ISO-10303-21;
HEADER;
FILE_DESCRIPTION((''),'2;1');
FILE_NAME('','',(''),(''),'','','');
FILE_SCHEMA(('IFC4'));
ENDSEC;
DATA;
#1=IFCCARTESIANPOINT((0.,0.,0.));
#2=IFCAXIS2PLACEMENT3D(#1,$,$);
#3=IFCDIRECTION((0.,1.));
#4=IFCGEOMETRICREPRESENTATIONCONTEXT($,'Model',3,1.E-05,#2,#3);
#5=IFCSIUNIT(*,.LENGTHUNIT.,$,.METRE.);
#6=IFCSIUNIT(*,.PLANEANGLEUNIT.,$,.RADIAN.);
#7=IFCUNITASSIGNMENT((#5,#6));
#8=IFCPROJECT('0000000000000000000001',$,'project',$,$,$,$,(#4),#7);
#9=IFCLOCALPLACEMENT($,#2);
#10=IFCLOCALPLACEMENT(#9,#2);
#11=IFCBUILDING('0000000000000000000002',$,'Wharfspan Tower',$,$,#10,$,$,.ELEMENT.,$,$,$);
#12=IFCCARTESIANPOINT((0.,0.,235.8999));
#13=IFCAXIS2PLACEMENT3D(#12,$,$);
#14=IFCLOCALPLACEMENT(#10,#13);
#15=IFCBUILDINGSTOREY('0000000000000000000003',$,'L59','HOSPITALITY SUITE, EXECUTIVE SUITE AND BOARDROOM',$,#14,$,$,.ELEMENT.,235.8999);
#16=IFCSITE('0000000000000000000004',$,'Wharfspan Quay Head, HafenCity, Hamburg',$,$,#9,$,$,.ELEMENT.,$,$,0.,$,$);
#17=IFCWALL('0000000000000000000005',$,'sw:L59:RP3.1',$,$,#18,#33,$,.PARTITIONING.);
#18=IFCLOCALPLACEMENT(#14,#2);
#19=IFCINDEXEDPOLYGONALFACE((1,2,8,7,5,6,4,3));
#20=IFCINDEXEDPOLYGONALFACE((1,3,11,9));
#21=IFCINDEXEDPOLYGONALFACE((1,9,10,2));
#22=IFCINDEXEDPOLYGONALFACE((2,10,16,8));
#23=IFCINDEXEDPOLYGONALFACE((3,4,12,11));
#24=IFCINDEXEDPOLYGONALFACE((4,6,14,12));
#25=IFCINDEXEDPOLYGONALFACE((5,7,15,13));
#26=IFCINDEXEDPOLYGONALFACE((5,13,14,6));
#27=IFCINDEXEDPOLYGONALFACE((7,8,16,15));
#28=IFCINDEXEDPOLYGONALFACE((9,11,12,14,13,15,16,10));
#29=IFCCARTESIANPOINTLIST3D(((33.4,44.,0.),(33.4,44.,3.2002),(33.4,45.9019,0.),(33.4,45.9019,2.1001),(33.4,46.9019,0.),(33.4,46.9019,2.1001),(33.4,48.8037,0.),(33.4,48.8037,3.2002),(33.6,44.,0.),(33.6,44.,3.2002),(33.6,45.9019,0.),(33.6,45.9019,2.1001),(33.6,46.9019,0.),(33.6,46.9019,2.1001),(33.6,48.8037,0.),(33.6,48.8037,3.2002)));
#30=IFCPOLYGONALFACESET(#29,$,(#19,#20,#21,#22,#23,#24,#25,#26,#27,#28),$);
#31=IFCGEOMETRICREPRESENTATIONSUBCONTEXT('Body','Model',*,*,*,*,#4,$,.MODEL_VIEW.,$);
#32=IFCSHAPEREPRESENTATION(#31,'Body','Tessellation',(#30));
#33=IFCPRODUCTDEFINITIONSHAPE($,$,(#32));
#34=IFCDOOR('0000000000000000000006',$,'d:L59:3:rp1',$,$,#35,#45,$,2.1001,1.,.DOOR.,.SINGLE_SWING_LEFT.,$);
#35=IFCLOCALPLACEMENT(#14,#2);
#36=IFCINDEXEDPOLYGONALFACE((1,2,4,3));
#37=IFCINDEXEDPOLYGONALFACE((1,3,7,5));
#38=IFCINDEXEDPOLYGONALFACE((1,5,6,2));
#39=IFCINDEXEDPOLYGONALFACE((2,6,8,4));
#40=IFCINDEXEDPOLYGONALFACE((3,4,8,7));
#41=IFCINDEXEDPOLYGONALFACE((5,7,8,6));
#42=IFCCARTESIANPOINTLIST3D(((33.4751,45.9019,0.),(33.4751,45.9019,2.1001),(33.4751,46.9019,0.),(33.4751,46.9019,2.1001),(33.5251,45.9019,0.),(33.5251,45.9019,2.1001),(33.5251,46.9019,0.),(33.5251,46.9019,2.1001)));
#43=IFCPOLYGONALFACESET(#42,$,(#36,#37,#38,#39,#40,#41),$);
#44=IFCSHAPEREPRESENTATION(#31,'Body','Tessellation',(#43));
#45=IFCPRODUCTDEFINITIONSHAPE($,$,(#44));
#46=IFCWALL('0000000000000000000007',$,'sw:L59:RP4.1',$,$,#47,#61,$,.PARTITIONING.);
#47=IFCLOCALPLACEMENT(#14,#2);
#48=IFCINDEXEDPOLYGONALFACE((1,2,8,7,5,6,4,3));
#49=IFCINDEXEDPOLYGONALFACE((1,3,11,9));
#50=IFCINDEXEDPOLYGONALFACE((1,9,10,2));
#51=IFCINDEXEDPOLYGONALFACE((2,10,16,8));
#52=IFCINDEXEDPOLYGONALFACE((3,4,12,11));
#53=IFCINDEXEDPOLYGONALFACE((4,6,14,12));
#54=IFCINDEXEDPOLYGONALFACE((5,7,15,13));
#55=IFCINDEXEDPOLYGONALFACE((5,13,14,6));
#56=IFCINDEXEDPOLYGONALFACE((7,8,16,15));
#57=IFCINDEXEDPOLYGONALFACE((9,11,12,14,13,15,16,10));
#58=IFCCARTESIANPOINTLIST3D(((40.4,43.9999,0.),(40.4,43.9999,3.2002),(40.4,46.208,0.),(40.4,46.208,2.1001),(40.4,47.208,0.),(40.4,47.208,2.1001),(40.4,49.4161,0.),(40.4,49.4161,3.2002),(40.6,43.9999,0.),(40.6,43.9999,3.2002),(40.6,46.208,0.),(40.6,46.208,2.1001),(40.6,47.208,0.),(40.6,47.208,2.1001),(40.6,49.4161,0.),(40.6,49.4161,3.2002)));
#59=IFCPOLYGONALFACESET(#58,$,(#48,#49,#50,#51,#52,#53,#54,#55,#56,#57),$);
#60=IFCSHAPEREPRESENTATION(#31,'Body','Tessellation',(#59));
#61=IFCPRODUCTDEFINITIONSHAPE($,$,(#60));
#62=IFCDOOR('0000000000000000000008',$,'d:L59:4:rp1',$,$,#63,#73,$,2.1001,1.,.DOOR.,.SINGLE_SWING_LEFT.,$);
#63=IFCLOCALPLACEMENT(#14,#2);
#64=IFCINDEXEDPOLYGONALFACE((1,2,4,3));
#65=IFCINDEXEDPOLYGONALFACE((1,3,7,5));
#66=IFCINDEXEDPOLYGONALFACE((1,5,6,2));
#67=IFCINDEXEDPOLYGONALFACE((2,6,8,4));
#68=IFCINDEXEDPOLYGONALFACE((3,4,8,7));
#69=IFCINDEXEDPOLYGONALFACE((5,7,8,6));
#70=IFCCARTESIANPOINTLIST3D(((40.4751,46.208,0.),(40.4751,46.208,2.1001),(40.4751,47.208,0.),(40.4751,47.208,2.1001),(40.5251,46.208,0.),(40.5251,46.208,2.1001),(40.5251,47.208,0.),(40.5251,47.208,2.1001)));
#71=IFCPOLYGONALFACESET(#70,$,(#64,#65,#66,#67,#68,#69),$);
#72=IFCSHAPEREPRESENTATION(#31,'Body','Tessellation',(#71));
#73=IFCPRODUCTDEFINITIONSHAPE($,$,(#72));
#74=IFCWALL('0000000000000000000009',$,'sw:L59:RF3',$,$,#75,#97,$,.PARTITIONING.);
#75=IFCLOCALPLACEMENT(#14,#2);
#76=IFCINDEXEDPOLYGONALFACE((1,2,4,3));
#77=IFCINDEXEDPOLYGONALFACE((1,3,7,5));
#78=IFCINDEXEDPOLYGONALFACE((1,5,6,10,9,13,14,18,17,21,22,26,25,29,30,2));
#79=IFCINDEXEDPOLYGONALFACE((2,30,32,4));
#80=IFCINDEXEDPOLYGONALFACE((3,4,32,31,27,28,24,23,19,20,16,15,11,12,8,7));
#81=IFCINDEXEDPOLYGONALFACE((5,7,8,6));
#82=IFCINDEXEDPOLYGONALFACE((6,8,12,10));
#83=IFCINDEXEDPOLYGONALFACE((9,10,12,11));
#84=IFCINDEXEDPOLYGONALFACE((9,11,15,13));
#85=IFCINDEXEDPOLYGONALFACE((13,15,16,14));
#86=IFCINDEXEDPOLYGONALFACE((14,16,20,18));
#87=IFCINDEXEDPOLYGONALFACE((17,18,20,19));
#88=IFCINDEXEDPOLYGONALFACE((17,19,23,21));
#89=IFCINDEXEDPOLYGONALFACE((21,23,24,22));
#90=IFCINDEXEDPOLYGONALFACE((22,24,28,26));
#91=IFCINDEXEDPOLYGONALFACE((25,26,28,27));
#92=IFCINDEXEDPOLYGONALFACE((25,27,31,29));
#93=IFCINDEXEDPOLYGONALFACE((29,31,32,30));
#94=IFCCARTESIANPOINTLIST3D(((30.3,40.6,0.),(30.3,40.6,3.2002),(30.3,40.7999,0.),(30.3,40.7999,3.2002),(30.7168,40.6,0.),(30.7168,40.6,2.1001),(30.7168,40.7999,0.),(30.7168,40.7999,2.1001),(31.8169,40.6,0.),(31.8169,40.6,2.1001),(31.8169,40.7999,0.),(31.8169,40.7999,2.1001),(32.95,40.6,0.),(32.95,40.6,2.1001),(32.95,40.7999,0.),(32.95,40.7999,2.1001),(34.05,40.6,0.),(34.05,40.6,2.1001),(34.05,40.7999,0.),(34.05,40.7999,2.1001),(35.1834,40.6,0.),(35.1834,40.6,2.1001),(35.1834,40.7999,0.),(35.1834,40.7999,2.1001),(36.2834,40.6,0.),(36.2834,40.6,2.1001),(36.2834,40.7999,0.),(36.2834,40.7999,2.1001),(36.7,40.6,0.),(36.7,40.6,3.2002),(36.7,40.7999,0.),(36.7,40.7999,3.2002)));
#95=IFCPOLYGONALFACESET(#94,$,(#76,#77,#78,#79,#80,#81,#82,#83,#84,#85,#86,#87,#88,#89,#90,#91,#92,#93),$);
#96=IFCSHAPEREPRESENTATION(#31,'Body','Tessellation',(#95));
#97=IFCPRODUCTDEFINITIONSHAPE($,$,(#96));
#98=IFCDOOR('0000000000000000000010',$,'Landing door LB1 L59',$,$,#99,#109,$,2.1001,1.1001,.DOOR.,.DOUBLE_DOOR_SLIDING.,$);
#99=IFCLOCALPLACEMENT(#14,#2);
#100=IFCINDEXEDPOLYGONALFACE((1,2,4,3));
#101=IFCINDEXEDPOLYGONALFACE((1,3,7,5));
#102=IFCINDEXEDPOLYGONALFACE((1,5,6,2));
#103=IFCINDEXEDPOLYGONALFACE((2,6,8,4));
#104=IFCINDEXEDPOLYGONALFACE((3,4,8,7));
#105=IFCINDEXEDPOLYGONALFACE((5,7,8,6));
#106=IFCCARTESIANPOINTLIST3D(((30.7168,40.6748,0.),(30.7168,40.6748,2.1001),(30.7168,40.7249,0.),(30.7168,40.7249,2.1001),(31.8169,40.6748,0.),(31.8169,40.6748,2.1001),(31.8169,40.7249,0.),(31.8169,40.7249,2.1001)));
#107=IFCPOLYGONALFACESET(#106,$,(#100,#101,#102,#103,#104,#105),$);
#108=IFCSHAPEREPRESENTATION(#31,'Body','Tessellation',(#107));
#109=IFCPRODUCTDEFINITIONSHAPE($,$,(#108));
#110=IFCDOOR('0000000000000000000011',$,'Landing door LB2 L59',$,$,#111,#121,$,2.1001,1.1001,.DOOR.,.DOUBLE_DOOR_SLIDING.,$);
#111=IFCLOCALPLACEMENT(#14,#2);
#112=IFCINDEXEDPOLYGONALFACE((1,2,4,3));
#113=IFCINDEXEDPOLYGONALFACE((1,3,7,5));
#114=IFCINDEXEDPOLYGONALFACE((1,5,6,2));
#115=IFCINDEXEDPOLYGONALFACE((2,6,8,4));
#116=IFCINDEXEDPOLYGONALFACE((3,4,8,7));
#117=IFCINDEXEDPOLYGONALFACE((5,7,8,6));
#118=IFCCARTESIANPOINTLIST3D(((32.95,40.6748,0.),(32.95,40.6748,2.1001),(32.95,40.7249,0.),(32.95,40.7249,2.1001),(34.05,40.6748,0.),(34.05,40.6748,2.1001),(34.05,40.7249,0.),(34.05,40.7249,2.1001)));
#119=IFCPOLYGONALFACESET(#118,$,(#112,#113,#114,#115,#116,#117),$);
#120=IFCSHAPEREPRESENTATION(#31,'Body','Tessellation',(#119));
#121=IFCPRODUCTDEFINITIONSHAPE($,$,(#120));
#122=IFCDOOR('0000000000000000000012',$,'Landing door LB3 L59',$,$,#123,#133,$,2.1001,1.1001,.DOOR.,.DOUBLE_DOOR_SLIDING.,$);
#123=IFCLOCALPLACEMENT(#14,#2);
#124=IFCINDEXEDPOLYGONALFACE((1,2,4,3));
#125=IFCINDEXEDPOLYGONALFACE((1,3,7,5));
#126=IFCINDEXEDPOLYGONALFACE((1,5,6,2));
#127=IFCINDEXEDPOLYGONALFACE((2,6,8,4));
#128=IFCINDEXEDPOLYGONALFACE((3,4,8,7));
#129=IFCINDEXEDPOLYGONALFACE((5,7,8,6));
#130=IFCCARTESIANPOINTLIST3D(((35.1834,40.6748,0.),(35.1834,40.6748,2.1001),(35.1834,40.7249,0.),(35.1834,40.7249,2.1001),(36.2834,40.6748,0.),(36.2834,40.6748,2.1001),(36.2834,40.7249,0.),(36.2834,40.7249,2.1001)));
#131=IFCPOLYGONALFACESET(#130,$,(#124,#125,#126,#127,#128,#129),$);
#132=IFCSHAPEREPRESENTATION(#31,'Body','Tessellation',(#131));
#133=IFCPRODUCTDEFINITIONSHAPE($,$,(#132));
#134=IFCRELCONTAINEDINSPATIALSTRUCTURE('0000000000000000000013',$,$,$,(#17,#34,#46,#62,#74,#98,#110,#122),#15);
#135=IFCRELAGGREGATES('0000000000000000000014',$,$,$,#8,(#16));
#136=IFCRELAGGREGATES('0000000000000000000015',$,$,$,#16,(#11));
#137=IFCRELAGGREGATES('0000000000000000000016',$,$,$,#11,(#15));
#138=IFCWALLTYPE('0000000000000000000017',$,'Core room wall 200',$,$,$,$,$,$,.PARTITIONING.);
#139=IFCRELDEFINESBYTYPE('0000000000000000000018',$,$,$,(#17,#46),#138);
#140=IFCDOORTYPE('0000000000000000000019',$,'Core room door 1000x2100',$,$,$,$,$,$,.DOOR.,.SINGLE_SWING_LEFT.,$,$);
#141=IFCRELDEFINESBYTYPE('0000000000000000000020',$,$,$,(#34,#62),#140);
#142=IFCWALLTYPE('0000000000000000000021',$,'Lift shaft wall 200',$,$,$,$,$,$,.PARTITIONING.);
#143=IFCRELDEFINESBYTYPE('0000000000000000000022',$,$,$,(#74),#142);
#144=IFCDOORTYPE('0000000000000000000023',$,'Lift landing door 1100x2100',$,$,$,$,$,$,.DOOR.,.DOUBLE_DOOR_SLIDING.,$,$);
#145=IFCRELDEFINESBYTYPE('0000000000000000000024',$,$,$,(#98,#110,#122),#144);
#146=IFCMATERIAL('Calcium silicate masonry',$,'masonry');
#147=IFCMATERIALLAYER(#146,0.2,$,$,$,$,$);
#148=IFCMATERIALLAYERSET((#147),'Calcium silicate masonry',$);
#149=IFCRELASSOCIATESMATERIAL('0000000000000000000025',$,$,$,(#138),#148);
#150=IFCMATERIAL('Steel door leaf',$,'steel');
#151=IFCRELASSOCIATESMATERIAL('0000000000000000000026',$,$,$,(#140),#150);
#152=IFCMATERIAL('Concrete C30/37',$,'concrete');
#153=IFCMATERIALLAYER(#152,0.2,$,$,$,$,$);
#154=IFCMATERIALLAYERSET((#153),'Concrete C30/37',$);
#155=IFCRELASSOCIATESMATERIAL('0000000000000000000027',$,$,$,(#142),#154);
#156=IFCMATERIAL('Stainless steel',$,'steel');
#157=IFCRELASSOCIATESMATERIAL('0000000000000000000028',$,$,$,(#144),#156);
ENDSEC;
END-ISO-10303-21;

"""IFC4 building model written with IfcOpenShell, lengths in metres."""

from ifc_helpers import new_model, si_unit, direction, frame, frame_2d, origin, place, context, subcontext, project, spatial, rectangle, extrude, material, layer, layer_set, type_object, element, fill, save


model = new_model("IFC4")

# Units and contexts
model_context = context("Model", 3, precision=1e-05, world=origin(), true_north=direction((0.0, 1.0)))
body_context = subcontext(model_context, "Body", "Model", "MODEL_VIEW")
ifc_project = project(units=[si_unit("LENGTHUNIT", "METRE"), si_unit("PLANEANGLEUNIT", "RADIAN")], contexts=[model_context])

# Site, building, storey
site_placement = place(None, origin())
site = spatial("IfcSite", under=ifc_project, at=site_placement, Name="Wharfspan Quay Head, HafenCity, Hamburg", CompositionType="ELEMENT", RefElevation=0.0)
building_placement = place(site_placement, origin())
building = spatial("IfcBuilding", under=site, at=building_placement, Name="Wharfspan Tower", CompositionType="ELEMENT")
storey_placement = place(building_placement, frame((0.0, 0.0, 235.8999)))
storey = spatial("IfcBuildingStorey", under=building, at=storey_placement, Name="L59", Description="HOSPITALITY SUITE, EXECUTIVE SUITE AND BOARDROOM", CompositionType="ELEMENT", Elevation=235.8999)

# Walls, openings, doors
ifc_material_1 = material(Name="Calcium silicate masonry", Category="masonry")
ifc_layer_1 = layer(ifc_material_1, 0.2)
ifc_layer_set_1 = layer_set([ifc_layer_1], Name="Calcium silicate masonry")
wall_type_1 = type_object("IfcWallType", Name="Core room wall 200", PredefinedType="PARTITIONING", material=ifc_layer_set_1)
wall_1_placement = place(storey_placement, frame((33.5, 44.0, 0.0), z_axis=(0.0, 0.0, 1.0), x_axis=(0.0, 1.0, 0.0)))
wall_1 = element("IfcWall", 1, at=wall_1_placement, inside=storey, type_object=wall_type_1, Name="sw:L59:RP3.1", PredefinedType="PARTITIONING", context=body_context, shape_type="SweptSolid", body=[
    extrude(rectangle(XDim=4.8037, YDim=0.2, at=frame_2d((2.4019, 0.0))), origin(), (0.0, 0.0, 1.0), 3.2002),
])
opening_1_placement = place(wall_1_placement, frame((1.9019, 0.0, 0.0)))
opening_1 = element("IfcOpeningElement", 2, at=opening_1_placement, cuts=wall_1, PredefinedType="OPENING", context=body_context, shape_type="SweptSolid", body=[
    extrude(rectangle(XDim=1.0, YDim=2.1001, at=frame_2d((0.5, 1.05))), frame((0.0, 0.1099, 0.0), z_axis=(0.0, -1.0, 0.0), x_axis=(1.0, 0.0, 0.0)), (0.0, 0.0, 1.0), 0.22),
])
ifc_material_2 = material(Name="Steel door leaf", Category="steel")
door_type_1 = type_object("IfcDoorType", Name="Core room door 1000x2100", OperationType="SINGLE_SWING_LEFT", PredefinedType="DOOR", material=ifc_material_2)
door_1_placement = place(opening_1_placement, origin())
door_1 = element("IfcDoor", 3, at=door_1_placement, inside=storey, type_object=door_type_1, Name="d:L59:3:rp1", OperationType="SINGLE_SWING_LEFT", OverallHeight=2.1001, OverallWidth=1.0, PredefinedType="DOOR", context=body_context, shape_type="SweptSolid", body=[
    extrude(rectangle(XDim=1.0, YDim=2.1001, at=frame_2d((0.5, 1.05))), frame((0.0, 0.0249, 0.0), z_axis=(0.0, -1.0, 0.0), x_axis=(1.0, 0.0, 0.0)), (0.0, 0.0, 1.0), 0.05),
])
fill(opening_1, door_1)
wall_2_placement = place(storey_placement, frame((40.5, 44.0, 0.0), z_axis=(0.0, 0.0, 1.0), x_axis=(0.0, 1.0, 0.0)))
wall_2 = element("IfcWall", 4, at=wall_2_placement, inside=storey, type_object=wall_type_1, Name="sw:L59:RP4.1", PredefinedType="PARTITIONING", context=body_context, shape_type="SweptSolid", body=[
    extrude(rectangle(XDim=5.4163, YDim=0.2, at=frame_2d((2.708, 0.0))), origin(), (0.0, 0.0, 1.0), 3.2002),
])
opening_2_placement = place(wall_2_placement, frame((2.208, 0.0, 0.0)))
opening_2 = element("IfcOpeningElement", 5, at=opening_2_placement, cuts=wall_2, PredefinedType="OPENING", context=body_context, shape_type="SweptSolid", body=[
    extrude(rectangle(XDim=1.0, YDim=2.1001, at=frame_2d((0.5, 1.05))), frame((0.0, 0.1099, 0.0), z_axis=(0.0, -1.0, 0.0), x_axis=(1.0, 0.0, 0.0)), (0.0, 0.0, 1.0), 0.22),
])
door_2_placement = place(opening_2_placement, origin())
door_2 = element("IfcDoor", 6, at=door_2_placement, inside=storey, type_object=door_type_1, Name="d:L59:4:rp1", OperationType="SINGLE_SWING_LEFT", OverallHeight=2.1001, OverallWidth=1.0, PredefinedType="DOOR", context=body_context, shape_type="SweptSolid", body=[
    extrude(rectangle(XDim=1.0, YDim=2.1001, at=frame_2d((0.5, 1.05))), frame((0.0, 0.0249, 0.0), z_axis=(0.0, -1.0, 0.0), x_axis=(1.0, 0.0, 0.0)), (0.0, 0.0, 1.0), 0.05),
])
fill(opening_2, door_2)

# Wall, openings, doors
ifc_material_3 = material(Name="Concrete C30/37", Category="concrete")
ifc_layer_2 = layer(ifc_material_3, 0.2)
ifc_layer_set_2 = layer_set([ifc_layer_2], Name="Concrete C30/37")
wall_type_2 = type_object("IfcWallType", Name="Lift shaft wall 200", PredefinedType="PARTITIONING", material=ifc_layer_set_2)
wall_3_placement = place(storey_placement, frame((30.3, 40.7, 0.0), z_axis=(0.0, 0.0, 1.0), x_axis=(1.0, 0.0, 0.0)))
wall_3 = element("IfcWall", 7, at=wall_3_placement, inside=storey, type_object=wall_type_2, Name="sw:L59:RF3", PredefinedType="PARTITIONING", context=body_context, shape_type="SweptSolid", body=[
    extrude(rectangle(XDim=6.3999, YDim=0.2, at=frame_2d((3.2, 0.0))), origin(), (0.0, 0.0, 1.0), 3.2002),
])
opening_3_placement = place(wall_3_placement, frame((0.4167, 0.0, 0.0)))
opening_3 = element("IfcOpeningElement", 8, at=opening_3_placement, cuts=wall_3, PredefinedType="OPENING", context=body_context, shape_type="SweptSolid", body=[
    extrude(rectangle(XDim=1.1001, YDim=2.1001, at=frame_2d((0.55, 1.05))), frame((0.0, 0.1099, 0.0), z_axis=(0.0, -1.0, 0.0), x_axis=(1.0, 0.0, 0.0)), (0.0, 0.0, 1.0), 0.22),
])
opening_4_placement = place(wall_3_placement, frame((2.6499, 0.0, 0.0)))
opening_4 = element("IfcOpeningElement", 9, at=opening_4_placement, cuts=wall_3, PredefinedType="OPENING", context=body_context, shape_type="SweptSolid", body=[
    extrude(rectangle(XDim=1.1001, YDim=2.1001, at=frame_2d((0.55, 1.05))), frame((0.0, 0.1099, 0.0), z_axis=(0.0, -1.0, 0.0), x_axis=(1.0, 0.0, 0.0)), (0.0, 0.0, 1.0), 0.22),
])
opening_5_placement = place(wall_3_placement, frame((4.8833, 0.0, 0.0)))
opening_5 = element("IfcOpeningElement", 10, at=opening_5_placement, cuts=wall_3, PredefinedType="OPENING", context=body_context, shape_type="SweptSolid", body=[
    extrude(rectangle(XDim=1.1001, YDim=2.1001, at=frame_2d((0.55, 1.05))), frame((0.0, 0.1099, 0.0), z_axis=(0.0, -1.0, 0.0), x_axis=(1.0, 0.0, 0.0)), (0.0, 0.0, 1.0), 0.22),
])
ifc_material_4 = material(Name="Stainless steel", Category="steel")
door_type_2 = type_object("IfcDoorType", Name="Lift landing door 1100x2100", OperationType="DOUBLE_DOOR_SLIDING", PredefinedType="DOOR", material=ifc_material_4)
door_3_placement = place(opening_3_placement, origin())
door_3 = element("IfcDoor", 11, at=door_3_placement, inside=storey, type_object=door_type_2, Name="Landing door LB1 L59", OperationType="DOUBLE_DOOR_SLIDING", OverallHeight=2.1001, OverallWidth=1.1001, PredefinedType="DOOR", context=body_context, shape_type="SweptSolid", body=[
    extrude(rectangle(XDim=1.1001, YDim=2.1001, at=frame_2d((0.55, 1.05))), frame((0.0, 0.0249, 0.0), z_axis=(0.0, -1.0, 0.0), x_axis=(1.0, 0.0, 0.0)), (0.0, 0.0, 1.0), 0.05),
])
fill(opening_3, door_3)
door_4_placement = place(opening_4_placement, origin())
door_4 = element("IfcDoor", 12, at=door_4_placement, inside=storey, type_object=door_type_2, Name="Landing door LB2 L59", OperationType="DOUBLE_DOOR_SLIDING", OverallHeight=2.1001, OverallWidth=1.1001, PredefinedType="DOOR", context=body_context, shape_type="SweptSolid", body=[
    extrude(rectangle(XDim=1.1001, YDim=2.1001, at=frame_2d((0.55, 1.05))), frame((0.0, 0.0249, 0.0), z_axis=(0.0, -1.0, 0.0), x_axis=(1.0, 0.0, 0.0)), (0.0, 0.0, 1.0), 0.05),
])
fill(opening_4, door_4)
door_5_placement = place(opening_5_placement, origin())
door_5 = element("IfcDoor", 13, at=door_5_placement, inside=storey, type_object=door_type_2, Name="Landing door LB3 L59", OperationType="DOUBLE_DOOR_SLIDING", OverallHeight=2.1001, OverallWidth=1.1001, PredefinedType="DOOR", context=body_context, shape_type="SweptSolid", body=[
    extrude(rectangle(XDim=1.1001, YDim=2.1001, at=frame_2d((0.55, 1.05))), frame((0.0, 0.0249, 0.0), z_axis=(0.0, -1.0, 0.0), x_axis=(1.0, 0.0, 0.0)), (0.0, 0.0, 1.0), 0.05),
])
fill(opening_5, door_5)

save(model, "model.ifc")
